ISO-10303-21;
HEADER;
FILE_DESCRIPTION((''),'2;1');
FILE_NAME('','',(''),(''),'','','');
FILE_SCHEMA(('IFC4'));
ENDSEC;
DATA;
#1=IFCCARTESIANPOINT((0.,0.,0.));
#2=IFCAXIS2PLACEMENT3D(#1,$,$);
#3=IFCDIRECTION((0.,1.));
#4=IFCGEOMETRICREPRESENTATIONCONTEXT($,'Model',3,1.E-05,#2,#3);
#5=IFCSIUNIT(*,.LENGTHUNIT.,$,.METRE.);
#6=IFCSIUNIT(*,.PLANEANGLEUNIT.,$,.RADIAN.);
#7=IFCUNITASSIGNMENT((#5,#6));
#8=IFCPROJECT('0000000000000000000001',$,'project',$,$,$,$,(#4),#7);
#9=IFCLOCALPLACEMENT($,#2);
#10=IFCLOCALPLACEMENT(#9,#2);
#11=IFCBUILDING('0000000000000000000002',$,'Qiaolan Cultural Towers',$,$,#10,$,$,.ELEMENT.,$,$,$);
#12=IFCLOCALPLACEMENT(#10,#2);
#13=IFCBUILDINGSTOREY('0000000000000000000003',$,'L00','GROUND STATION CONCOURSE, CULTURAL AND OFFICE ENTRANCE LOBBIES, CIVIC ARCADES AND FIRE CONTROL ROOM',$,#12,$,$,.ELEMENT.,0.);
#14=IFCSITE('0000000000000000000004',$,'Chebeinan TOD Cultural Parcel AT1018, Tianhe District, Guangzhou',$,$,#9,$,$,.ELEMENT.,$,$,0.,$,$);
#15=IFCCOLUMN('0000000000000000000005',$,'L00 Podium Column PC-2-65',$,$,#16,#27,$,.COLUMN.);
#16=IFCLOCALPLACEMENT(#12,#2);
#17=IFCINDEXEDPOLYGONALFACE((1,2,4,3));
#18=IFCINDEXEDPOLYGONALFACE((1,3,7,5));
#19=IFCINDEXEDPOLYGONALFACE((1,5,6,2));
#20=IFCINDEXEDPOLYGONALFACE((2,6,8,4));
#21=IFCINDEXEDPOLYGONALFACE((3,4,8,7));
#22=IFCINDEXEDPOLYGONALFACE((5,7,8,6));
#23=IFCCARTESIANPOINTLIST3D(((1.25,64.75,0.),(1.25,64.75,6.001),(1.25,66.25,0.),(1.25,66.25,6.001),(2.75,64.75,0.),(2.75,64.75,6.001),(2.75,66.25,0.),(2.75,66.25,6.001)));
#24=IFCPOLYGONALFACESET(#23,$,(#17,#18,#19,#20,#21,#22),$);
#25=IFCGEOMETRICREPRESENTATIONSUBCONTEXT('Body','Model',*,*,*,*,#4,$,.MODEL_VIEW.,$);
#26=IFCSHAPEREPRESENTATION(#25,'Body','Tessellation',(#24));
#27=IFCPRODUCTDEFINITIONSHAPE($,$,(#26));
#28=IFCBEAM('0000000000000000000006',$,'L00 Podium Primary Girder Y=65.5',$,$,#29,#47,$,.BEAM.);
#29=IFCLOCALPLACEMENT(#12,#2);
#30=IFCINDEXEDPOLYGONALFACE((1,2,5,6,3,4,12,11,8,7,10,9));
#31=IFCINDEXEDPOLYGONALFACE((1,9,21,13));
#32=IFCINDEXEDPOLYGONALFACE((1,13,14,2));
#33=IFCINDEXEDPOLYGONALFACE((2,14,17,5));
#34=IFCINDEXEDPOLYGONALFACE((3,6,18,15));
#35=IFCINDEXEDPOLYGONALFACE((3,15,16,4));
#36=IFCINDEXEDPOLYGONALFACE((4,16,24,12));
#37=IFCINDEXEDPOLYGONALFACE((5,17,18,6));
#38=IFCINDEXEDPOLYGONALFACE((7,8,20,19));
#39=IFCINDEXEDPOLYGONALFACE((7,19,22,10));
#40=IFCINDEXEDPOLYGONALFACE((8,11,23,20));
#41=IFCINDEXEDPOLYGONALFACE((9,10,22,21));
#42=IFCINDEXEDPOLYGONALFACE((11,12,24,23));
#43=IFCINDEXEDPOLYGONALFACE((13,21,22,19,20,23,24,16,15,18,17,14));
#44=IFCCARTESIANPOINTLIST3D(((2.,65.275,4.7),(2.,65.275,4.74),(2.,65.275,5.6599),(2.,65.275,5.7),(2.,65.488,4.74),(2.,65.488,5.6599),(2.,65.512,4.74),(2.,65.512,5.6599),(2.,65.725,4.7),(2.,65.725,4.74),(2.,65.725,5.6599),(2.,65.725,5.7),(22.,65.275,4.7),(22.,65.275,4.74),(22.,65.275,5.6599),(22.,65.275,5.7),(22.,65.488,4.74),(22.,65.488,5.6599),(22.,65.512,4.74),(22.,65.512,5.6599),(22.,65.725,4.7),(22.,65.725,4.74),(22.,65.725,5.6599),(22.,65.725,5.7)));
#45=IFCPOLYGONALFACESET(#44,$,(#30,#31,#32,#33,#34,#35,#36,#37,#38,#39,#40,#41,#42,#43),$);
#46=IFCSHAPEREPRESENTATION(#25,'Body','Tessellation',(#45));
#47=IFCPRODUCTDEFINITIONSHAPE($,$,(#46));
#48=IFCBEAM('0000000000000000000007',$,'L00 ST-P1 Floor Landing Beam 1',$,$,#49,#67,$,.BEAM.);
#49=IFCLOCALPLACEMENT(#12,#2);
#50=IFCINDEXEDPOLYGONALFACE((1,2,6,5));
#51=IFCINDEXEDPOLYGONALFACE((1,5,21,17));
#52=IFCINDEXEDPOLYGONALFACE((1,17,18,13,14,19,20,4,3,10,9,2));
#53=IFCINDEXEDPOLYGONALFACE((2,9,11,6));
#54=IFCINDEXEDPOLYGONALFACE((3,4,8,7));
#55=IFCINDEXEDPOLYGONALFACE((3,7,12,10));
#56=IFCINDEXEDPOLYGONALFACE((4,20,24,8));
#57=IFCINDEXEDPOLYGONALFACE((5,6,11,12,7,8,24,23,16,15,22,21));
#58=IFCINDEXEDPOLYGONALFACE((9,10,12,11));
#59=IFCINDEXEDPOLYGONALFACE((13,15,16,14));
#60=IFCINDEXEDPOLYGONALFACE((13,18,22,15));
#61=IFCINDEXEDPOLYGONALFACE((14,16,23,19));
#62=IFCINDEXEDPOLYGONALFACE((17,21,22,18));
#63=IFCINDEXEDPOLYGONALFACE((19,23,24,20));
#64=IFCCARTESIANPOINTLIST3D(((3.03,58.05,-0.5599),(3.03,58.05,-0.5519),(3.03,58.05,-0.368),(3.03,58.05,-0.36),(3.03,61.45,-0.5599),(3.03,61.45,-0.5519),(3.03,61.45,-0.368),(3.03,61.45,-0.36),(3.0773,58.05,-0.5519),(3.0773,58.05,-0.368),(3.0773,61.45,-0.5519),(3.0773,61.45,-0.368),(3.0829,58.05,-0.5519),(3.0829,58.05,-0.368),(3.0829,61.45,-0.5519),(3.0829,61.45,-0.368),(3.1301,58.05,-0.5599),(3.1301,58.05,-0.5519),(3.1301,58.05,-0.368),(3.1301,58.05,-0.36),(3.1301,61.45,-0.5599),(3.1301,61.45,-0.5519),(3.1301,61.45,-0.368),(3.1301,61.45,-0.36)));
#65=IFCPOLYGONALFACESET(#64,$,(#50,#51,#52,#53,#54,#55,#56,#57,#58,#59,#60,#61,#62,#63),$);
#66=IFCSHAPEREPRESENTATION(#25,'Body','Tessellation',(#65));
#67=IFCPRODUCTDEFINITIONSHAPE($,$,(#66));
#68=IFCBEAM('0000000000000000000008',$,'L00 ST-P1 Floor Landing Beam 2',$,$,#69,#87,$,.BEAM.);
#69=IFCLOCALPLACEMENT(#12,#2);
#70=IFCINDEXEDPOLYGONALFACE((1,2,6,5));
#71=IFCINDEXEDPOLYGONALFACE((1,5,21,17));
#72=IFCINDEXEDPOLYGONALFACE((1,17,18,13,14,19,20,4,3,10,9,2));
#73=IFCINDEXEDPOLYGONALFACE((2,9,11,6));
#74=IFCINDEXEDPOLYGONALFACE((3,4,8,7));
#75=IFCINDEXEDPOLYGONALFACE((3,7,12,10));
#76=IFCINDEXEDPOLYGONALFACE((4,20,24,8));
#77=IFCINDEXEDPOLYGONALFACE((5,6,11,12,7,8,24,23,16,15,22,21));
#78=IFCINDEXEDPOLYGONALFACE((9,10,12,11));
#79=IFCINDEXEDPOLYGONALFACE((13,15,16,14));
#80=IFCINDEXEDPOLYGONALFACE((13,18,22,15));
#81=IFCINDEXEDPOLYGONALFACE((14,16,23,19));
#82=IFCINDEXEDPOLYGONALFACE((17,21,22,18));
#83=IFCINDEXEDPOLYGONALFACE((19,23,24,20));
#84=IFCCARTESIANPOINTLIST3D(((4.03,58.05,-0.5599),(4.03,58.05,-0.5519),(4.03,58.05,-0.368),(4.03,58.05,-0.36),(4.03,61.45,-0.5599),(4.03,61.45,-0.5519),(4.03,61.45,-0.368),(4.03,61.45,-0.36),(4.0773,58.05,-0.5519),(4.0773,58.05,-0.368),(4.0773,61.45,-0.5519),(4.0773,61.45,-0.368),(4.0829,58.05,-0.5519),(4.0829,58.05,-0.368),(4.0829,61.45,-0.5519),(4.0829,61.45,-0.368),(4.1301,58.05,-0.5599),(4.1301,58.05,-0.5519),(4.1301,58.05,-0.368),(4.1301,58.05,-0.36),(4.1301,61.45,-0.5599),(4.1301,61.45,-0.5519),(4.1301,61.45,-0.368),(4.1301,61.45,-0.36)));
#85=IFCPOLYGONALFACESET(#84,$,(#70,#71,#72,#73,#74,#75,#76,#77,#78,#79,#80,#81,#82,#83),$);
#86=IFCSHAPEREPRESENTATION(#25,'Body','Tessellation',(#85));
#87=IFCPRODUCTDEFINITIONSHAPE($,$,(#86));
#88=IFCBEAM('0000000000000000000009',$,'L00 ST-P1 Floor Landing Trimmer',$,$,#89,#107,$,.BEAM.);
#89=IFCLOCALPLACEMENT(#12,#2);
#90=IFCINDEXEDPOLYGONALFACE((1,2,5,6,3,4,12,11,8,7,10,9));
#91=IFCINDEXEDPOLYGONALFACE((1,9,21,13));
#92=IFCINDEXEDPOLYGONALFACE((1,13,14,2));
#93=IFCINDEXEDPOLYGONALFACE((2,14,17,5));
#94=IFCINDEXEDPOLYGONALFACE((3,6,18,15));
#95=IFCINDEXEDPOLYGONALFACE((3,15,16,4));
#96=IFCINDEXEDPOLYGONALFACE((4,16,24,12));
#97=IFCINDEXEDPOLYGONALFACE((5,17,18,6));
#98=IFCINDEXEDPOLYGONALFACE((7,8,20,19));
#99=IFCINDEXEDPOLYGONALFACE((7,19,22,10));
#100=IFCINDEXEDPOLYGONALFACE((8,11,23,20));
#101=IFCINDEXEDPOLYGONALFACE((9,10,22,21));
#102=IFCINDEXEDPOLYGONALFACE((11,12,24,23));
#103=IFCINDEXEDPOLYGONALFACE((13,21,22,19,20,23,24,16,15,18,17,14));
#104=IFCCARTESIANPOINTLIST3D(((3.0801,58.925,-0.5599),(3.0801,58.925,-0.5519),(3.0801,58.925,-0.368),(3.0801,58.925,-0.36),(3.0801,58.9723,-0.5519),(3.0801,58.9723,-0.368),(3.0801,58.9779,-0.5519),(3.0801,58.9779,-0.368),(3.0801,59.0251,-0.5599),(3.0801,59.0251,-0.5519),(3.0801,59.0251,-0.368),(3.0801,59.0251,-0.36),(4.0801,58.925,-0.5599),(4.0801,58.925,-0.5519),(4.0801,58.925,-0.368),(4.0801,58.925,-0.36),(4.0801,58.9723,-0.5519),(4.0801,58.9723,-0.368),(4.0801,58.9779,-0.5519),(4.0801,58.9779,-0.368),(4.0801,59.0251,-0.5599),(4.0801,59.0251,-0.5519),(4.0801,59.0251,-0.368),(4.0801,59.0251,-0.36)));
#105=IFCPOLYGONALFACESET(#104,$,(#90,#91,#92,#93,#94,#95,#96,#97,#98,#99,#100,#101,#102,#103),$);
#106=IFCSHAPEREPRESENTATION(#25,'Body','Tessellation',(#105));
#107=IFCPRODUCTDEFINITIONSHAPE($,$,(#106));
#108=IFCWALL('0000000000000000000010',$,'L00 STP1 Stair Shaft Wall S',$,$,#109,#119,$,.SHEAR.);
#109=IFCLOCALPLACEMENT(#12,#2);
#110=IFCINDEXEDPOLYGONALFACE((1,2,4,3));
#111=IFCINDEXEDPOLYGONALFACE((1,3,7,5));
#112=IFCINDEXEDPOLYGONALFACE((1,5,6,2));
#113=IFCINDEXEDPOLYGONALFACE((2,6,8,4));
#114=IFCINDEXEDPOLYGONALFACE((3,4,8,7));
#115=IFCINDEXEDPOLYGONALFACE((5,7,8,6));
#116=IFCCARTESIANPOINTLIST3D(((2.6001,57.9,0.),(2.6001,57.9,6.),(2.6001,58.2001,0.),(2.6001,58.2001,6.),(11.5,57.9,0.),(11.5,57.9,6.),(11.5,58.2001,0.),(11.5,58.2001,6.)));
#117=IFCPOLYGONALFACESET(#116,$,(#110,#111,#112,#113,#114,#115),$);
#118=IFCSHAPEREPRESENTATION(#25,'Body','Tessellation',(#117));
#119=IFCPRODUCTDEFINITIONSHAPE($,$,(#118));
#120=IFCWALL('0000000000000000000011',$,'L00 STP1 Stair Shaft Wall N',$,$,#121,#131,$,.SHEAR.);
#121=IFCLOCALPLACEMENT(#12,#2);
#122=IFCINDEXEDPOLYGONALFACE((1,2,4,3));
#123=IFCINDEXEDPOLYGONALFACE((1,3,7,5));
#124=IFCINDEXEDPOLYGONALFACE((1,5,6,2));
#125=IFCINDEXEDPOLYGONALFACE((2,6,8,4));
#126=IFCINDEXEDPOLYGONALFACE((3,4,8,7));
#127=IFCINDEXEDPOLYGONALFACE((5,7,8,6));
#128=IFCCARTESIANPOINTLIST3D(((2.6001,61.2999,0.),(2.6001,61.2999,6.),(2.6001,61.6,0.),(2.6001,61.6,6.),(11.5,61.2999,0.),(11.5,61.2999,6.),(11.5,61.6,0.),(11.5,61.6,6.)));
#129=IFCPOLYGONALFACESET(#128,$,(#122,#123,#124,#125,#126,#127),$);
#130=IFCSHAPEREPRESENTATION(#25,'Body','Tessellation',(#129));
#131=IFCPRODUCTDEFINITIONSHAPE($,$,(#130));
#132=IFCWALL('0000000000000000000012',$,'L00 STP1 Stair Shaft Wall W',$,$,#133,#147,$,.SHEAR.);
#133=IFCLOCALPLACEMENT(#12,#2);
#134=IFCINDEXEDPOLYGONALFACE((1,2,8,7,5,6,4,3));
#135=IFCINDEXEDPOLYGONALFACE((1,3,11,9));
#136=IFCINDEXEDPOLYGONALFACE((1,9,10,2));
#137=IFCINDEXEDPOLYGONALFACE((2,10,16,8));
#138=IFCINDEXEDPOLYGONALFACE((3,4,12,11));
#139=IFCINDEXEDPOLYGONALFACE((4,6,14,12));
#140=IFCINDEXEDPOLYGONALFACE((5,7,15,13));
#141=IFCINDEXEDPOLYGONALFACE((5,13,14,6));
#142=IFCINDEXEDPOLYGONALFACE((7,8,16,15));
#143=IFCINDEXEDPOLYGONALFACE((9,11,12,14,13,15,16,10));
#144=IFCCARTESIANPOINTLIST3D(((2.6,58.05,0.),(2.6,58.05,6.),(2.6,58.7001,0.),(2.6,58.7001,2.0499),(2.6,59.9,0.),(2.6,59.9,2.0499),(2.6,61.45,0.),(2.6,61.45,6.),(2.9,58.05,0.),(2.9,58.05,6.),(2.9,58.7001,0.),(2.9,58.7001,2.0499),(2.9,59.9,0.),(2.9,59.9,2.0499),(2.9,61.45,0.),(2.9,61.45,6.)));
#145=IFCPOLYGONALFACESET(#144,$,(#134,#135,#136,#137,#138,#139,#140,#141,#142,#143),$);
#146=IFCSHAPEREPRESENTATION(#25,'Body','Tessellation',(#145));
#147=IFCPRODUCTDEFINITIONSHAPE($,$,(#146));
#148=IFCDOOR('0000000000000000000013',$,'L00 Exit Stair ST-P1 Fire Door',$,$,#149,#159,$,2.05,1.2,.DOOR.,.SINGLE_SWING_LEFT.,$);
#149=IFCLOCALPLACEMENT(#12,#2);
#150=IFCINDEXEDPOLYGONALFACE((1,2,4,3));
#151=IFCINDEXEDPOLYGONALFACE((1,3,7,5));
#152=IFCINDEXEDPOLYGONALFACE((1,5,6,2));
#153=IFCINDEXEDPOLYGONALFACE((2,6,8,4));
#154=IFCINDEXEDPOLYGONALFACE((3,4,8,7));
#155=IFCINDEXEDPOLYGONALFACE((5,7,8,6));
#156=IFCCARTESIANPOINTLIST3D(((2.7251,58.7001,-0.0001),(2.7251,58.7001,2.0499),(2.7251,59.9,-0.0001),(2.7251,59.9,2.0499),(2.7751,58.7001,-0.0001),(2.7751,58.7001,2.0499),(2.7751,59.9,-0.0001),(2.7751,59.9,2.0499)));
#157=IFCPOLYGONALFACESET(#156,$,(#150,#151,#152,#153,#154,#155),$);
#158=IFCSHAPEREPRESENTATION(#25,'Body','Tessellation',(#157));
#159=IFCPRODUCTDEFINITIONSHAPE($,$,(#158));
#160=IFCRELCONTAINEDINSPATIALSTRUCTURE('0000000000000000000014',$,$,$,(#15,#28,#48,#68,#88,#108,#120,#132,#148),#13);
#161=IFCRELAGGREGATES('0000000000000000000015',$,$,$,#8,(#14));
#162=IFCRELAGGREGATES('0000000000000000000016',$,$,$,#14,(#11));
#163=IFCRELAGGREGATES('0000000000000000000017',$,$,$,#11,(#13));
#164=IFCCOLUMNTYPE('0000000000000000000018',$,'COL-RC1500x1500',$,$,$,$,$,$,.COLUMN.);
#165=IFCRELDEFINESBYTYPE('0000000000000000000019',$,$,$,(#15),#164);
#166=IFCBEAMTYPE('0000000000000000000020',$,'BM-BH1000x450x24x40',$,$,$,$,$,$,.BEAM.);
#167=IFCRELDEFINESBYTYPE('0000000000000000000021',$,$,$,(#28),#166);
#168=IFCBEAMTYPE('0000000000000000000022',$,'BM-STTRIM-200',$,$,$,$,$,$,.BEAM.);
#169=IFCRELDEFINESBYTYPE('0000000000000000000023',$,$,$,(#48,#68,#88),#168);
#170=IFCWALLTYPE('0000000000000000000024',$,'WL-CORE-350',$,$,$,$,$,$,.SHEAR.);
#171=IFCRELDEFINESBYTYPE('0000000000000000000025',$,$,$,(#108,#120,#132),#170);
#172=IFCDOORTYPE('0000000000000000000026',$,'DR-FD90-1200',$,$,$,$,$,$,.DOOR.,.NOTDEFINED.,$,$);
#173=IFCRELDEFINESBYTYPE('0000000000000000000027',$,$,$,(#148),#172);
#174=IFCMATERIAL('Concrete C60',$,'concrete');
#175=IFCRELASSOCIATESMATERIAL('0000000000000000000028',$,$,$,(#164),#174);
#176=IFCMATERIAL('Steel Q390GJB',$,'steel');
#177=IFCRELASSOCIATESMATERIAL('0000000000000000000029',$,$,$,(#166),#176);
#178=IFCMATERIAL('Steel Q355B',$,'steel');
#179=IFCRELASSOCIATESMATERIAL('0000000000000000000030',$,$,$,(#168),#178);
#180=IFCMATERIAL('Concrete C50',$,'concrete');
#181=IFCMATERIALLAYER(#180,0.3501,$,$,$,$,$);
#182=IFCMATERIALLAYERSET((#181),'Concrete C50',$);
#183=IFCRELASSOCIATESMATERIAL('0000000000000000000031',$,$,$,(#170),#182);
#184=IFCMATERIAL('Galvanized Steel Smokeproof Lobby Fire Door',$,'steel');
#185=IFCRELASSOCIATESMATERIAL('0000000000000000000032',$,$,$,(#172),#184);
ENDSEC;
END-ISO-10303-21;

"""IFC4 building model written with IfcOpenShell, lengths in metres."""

from ifc_helpers import new_model, si_unit, direction, frame, frame_2d, origin, origin_2d, place, context, subcontext, project, spatial, rectangle, i_section, extrude, material, layer, layer_set, material_profile, profile_set, type_object, element, fill, save


model = new_model("IFC4")

# Units and contexts
model_context = context("Model", 3, precision=1e-05, world=origin(), true_north=direction((0.0, 1.0)))
body_context = subcontext(model_context, "Body", "Model", "MODEL_VIEW")
ifc_project = project(units=[si_unit("LENGTHUNIT", "METRE"), si_unit("PLANEANGLEUNIT", "RADIAN")], contexts=[model_context])

# Site, building, storey
site_placement = place(None, origin())
site = spatial("IfcSite", under=ifc_project, at=site_placement, Name="Chebeinan TOD Cultural Parcel AT1018, Tianhe District, Guangzhou", CompositionType="ELEMENT", RefElevation=0.0)
building_placement = place(site_placement, origin())
building = spatial("IfcBuilding", under=site, at=building_placement, Name="Qiaolan Cultural Towers", CompositionType="ELEMENT")
storey_placement = place(building_placement, origin())
storey = spatial("IfcBuildingStorey", under=building, at=storey_placement, Name="L00", Description="GROUND STATION CONCOURSE, CULTURAL AND OFFICE ENTRANCE LOBBIES, CIVIC ARCADES AND FIRE CONTROL ROOM", CompositionType="ELEMENT", Elevation=0.0)

# Column
ifc_material_1 = material(Name="Concrete C60", Category="concrete")
ifc_material_profile_1 = material_profile(ifc_material_1, rectangle(XDim=1.5, YDim=1.5, at=origin_2d()), Name="RC1500x1500")
ifc_profile_set_1 = profile_set([ifc_material_profile_1], Name="Concrete C60")
column_type = type_object("IfcColumnType", Name="COL-RC1500x1500", PredefinedType="COLUMN", material=ifc_profile_set_1)
column_placement = place(storey_placement, frame((2.0, 65.5, 0.0), z_axis=(0.0, 0.0, 1.0), x_axis=(1.0, 0.0, 0.0)))
element("IfcColumn", 1, at=column_placement, inside=storey, type_object=column_type, Name="L00 Podium Column PC-2-65", PredefinedType="COLUMN", context=body_context, shape_type="SweptSolid", body=[
    extrude(rectangle(XDim=1.5, YDim=1.5, at=origin_2d()), origin(), (0.0, 0.0, 1.0), 6.001),
])

# Beams
ifc_material_2 = material(Name="Steel Q390GJB", Category="steel")
ifc_material_profile_2 = material_profile(ifc_material_2, i_section(OverallWidth=0.45, OverallDepth=1.0, WebThickness=0.0239, FlangeThickness=0.04, at=origin_2d()), Name="BH1000x450x24x40")
ifc_profile_set_2 = profile_set([ifc_material_profile_2], Name="Steel Q390GJB")
beam_type_1 = type_object("IfcBeamType", Name="BM-BH1000x450x24x40", PredefinedType="BEAM", material=ifc_profile_set_2)
beam_1_placement = place(storey_placement, frame((2.0, 65.5, 5.2), z_axis=(1.0, 0.0, 0.0), x_axis=(0.0, 1.0, 0.0)))
element("IfcBeam", 2, at=beam_1_placement, inside=storey, type_object=beam_type_1, Name="L00 Podium Primary Girder Y=65.5", PredefinedType="BEAM", context=body_context, shape_type="SweptSolid", body=[
    extrude(i_section(OverallWidth=0.45, OverallDepth=1.0, WebThickness=0.0239, FlangeThickness=0.04, at=origin_2d()), origin(), (0.0, 0.0, 1.0), 20.0),
])
ifc_material_3 = material(Name="Steel Q355B", Category="steel")
ifc_material_profile_3 = material_profile(ifc_material_3, i_section(OverallWidth=0.1001, OverallDepth=0.2, WebThickness=0.0056, FlangeThickness=0.0081, at=origin_2d()), Name="HN200x100x5.5x8")
ifc_profile_set_3 = profile_set([ifc_material_profile_3], Name="Steel Q355B")
beam_type_2 = type_object("IfcBeamType", Name="BM-STTRIM-200", PredefinedType="BEAM", material=ifc_profile_set_3)
for number, where, z_axis, x_axis, name in (
    (3, (3.0801, 58.05, -0.46), (0.0, 1.0, 0.0), (-1.0, 0.0, 0.0), "L00 ST-P1 Floor Landing Beam 1"),
    (4, (4.0801, 58.05, -0.46), (0.0, 1.0, 0.0), (-1.0, 0.0, 0.0), "L00 ST-P1 Floor Landing Beam 2"),
):
    element("IfcBeam", number, at=place(storey_placement, frame(where, z_axis=z_axis, x_axis=x_axis)), inside=storey, type_object=beam_type_2, Name=name, PredefinedType="BEAM", context=body_context, shape_type="SweptSolid", body=[
        extrude(i_section(OverallWidth=0.1001, OverallDepth=0.2, WebThickness=0.0056, FlangeThickness=0.0081, at=origin_2d()), origin(), (0.0, 0.0, 1.0), 3.3999),
    ])
beam_2_placement = place(storey_placement, frame((3.0801, 58.9751, -0.46), z_axis=(1.0, 0.0, 0.0), x_axis=(0.0, 1.0, 0.0)))
element("IfcBeam", 5, at=beam_2_placement, inside=storey, type_object=beam_type_2, Name="L00 ST-P1 Floor Landing Trimmer", PredefinedType="BEAM", context=body_context, shape_type="SweptSolid", body=[
    extrude(i_section(OverallWidth=0.1001, OverallDepth=0.2, WebThickness=0.0056, FlangeThickness=0.0081, at=origin_2d()), origin(), (0.0, 0.0, 1.0), 1.0),
])

# Walls
ifc_material_4 = material(Name="Concrete C50", Category="concrete")
ifc_layer_1 = layer(ifc_material_4, 0.3501)
ifc_layer_set_1 = layer_set([ifc_layer_1], Name="Concrete C50")
wall_type_1 = type_object("IfcWallType", Name="WL-CORE-350", PredefinedType="SHEAR", material=ifc_layer_set_1)
for number, where, z_axis, x_axis, name in (
    (6, (2.6001, 58.05, 0.0), (0.0, 0.0, 1.0), (1.0, 0.0, 0.0), "L00 STP1 Stair Shaft Wall S"),
    (7, (2.6001, 61.45, 0.0), (0.0, 0.0, 1.0), (1.0, 0.0, 0.0), "L00 STP1 Stair Shaft Wall N"),
):
    element("IfcWall", number, at=place(storey_placement, frame(where, z_axis=z_axis, x_axis=x_axis)), inside=storey, type_object=wall_type_1, Name=name, PredefinedType="SHEAR", context=body_context, shape_type="SweptSolid", body=[
        extrude(rectangle(XDim=8.8999, YDim=0.3, at=frame_2d((4.45, 0.0))), origin(), (0.0, 0.0, 1.0), 6.0),
    ])

# Wall, opening, door
wall_1_placement = place(storey_placement, frame((2.75, 58.05, 0.0), z_axis=(0.0, 0.0, 1.0), x_axis=(0.0, 1.0, 0.0)))
wall_1 = element("IfcWall", 8, at=wall_1_placement, inside=storey, type_object=wall_type_1, Name="L00 STP1 Stair Shaft Wall W", PredefinedType="SHEAR", context=body_context, shape_type="SweptSolid", body=[
    extrude(rectangle(XDim=3.3999, YDim=0.3, at=frame_2d((1.7, 0.0))), origin(), (0.0, 0.0, 1.0), 6.0),
])
opening_1_placement = place(wall_1_placement, frame((0.6499, 0.0, 0.0)))
opening_1 = element("IfcOpeningElement", 9, at=opening_1_placement, cuts=wall_1, PredefinedType="OPENING", context=body_context, shape_type="SweptSolid", body=[
    extrude(rectangle(XDim=1.2, YDim=2.05, at=frame_2d((0.6001, 1.0249))), frame((0.0, 0.1599, 0.0), z_axis=(0.0, -1.0, 0.0), x_axis=(1.0, 0.0, 0.0)), (0.0, 0.0, 1.0), 0.3201),
])
ifc_material_5 = material(Name="Galvanized Steel Smokeproof Lobby Fire Door", Category="steel")
door_type_1 = type_object("IfcDoorType", Name="DR-FD90-1200", OperationType="NOTDEFINED", PredefinedType="DOOR", material=ifc_material_5)
door_1_placement = place(opening_1_placement, origin())
door_1 = element("IfcDoor", 10, at=door_1_placement, inside=storey, type_object=door_type_1, Name="L00 Exit Stair ST-P1 Fire Door", OperationType="SINGLE_SWING_LEFT", OverallHeight=2.05, OverallWidth=1.2, PredefinedType="DOOR", context=body_context, shape_type="SweptSolid", body=[
    extrude(rectangle(XDim=1.2, YDim=2.05, at=frame_2d((0.6001, 1.0249))), frame((0.0, 0.0249, 0.0), z_axis=(0.0, -1.0, 0.0), x_axis=(1.0, 0.0, 0.0)), (0.0, 0.0, 1.0), 0.05),
])
fill(opening_1, door_1)

save(model, "model.ifc")
